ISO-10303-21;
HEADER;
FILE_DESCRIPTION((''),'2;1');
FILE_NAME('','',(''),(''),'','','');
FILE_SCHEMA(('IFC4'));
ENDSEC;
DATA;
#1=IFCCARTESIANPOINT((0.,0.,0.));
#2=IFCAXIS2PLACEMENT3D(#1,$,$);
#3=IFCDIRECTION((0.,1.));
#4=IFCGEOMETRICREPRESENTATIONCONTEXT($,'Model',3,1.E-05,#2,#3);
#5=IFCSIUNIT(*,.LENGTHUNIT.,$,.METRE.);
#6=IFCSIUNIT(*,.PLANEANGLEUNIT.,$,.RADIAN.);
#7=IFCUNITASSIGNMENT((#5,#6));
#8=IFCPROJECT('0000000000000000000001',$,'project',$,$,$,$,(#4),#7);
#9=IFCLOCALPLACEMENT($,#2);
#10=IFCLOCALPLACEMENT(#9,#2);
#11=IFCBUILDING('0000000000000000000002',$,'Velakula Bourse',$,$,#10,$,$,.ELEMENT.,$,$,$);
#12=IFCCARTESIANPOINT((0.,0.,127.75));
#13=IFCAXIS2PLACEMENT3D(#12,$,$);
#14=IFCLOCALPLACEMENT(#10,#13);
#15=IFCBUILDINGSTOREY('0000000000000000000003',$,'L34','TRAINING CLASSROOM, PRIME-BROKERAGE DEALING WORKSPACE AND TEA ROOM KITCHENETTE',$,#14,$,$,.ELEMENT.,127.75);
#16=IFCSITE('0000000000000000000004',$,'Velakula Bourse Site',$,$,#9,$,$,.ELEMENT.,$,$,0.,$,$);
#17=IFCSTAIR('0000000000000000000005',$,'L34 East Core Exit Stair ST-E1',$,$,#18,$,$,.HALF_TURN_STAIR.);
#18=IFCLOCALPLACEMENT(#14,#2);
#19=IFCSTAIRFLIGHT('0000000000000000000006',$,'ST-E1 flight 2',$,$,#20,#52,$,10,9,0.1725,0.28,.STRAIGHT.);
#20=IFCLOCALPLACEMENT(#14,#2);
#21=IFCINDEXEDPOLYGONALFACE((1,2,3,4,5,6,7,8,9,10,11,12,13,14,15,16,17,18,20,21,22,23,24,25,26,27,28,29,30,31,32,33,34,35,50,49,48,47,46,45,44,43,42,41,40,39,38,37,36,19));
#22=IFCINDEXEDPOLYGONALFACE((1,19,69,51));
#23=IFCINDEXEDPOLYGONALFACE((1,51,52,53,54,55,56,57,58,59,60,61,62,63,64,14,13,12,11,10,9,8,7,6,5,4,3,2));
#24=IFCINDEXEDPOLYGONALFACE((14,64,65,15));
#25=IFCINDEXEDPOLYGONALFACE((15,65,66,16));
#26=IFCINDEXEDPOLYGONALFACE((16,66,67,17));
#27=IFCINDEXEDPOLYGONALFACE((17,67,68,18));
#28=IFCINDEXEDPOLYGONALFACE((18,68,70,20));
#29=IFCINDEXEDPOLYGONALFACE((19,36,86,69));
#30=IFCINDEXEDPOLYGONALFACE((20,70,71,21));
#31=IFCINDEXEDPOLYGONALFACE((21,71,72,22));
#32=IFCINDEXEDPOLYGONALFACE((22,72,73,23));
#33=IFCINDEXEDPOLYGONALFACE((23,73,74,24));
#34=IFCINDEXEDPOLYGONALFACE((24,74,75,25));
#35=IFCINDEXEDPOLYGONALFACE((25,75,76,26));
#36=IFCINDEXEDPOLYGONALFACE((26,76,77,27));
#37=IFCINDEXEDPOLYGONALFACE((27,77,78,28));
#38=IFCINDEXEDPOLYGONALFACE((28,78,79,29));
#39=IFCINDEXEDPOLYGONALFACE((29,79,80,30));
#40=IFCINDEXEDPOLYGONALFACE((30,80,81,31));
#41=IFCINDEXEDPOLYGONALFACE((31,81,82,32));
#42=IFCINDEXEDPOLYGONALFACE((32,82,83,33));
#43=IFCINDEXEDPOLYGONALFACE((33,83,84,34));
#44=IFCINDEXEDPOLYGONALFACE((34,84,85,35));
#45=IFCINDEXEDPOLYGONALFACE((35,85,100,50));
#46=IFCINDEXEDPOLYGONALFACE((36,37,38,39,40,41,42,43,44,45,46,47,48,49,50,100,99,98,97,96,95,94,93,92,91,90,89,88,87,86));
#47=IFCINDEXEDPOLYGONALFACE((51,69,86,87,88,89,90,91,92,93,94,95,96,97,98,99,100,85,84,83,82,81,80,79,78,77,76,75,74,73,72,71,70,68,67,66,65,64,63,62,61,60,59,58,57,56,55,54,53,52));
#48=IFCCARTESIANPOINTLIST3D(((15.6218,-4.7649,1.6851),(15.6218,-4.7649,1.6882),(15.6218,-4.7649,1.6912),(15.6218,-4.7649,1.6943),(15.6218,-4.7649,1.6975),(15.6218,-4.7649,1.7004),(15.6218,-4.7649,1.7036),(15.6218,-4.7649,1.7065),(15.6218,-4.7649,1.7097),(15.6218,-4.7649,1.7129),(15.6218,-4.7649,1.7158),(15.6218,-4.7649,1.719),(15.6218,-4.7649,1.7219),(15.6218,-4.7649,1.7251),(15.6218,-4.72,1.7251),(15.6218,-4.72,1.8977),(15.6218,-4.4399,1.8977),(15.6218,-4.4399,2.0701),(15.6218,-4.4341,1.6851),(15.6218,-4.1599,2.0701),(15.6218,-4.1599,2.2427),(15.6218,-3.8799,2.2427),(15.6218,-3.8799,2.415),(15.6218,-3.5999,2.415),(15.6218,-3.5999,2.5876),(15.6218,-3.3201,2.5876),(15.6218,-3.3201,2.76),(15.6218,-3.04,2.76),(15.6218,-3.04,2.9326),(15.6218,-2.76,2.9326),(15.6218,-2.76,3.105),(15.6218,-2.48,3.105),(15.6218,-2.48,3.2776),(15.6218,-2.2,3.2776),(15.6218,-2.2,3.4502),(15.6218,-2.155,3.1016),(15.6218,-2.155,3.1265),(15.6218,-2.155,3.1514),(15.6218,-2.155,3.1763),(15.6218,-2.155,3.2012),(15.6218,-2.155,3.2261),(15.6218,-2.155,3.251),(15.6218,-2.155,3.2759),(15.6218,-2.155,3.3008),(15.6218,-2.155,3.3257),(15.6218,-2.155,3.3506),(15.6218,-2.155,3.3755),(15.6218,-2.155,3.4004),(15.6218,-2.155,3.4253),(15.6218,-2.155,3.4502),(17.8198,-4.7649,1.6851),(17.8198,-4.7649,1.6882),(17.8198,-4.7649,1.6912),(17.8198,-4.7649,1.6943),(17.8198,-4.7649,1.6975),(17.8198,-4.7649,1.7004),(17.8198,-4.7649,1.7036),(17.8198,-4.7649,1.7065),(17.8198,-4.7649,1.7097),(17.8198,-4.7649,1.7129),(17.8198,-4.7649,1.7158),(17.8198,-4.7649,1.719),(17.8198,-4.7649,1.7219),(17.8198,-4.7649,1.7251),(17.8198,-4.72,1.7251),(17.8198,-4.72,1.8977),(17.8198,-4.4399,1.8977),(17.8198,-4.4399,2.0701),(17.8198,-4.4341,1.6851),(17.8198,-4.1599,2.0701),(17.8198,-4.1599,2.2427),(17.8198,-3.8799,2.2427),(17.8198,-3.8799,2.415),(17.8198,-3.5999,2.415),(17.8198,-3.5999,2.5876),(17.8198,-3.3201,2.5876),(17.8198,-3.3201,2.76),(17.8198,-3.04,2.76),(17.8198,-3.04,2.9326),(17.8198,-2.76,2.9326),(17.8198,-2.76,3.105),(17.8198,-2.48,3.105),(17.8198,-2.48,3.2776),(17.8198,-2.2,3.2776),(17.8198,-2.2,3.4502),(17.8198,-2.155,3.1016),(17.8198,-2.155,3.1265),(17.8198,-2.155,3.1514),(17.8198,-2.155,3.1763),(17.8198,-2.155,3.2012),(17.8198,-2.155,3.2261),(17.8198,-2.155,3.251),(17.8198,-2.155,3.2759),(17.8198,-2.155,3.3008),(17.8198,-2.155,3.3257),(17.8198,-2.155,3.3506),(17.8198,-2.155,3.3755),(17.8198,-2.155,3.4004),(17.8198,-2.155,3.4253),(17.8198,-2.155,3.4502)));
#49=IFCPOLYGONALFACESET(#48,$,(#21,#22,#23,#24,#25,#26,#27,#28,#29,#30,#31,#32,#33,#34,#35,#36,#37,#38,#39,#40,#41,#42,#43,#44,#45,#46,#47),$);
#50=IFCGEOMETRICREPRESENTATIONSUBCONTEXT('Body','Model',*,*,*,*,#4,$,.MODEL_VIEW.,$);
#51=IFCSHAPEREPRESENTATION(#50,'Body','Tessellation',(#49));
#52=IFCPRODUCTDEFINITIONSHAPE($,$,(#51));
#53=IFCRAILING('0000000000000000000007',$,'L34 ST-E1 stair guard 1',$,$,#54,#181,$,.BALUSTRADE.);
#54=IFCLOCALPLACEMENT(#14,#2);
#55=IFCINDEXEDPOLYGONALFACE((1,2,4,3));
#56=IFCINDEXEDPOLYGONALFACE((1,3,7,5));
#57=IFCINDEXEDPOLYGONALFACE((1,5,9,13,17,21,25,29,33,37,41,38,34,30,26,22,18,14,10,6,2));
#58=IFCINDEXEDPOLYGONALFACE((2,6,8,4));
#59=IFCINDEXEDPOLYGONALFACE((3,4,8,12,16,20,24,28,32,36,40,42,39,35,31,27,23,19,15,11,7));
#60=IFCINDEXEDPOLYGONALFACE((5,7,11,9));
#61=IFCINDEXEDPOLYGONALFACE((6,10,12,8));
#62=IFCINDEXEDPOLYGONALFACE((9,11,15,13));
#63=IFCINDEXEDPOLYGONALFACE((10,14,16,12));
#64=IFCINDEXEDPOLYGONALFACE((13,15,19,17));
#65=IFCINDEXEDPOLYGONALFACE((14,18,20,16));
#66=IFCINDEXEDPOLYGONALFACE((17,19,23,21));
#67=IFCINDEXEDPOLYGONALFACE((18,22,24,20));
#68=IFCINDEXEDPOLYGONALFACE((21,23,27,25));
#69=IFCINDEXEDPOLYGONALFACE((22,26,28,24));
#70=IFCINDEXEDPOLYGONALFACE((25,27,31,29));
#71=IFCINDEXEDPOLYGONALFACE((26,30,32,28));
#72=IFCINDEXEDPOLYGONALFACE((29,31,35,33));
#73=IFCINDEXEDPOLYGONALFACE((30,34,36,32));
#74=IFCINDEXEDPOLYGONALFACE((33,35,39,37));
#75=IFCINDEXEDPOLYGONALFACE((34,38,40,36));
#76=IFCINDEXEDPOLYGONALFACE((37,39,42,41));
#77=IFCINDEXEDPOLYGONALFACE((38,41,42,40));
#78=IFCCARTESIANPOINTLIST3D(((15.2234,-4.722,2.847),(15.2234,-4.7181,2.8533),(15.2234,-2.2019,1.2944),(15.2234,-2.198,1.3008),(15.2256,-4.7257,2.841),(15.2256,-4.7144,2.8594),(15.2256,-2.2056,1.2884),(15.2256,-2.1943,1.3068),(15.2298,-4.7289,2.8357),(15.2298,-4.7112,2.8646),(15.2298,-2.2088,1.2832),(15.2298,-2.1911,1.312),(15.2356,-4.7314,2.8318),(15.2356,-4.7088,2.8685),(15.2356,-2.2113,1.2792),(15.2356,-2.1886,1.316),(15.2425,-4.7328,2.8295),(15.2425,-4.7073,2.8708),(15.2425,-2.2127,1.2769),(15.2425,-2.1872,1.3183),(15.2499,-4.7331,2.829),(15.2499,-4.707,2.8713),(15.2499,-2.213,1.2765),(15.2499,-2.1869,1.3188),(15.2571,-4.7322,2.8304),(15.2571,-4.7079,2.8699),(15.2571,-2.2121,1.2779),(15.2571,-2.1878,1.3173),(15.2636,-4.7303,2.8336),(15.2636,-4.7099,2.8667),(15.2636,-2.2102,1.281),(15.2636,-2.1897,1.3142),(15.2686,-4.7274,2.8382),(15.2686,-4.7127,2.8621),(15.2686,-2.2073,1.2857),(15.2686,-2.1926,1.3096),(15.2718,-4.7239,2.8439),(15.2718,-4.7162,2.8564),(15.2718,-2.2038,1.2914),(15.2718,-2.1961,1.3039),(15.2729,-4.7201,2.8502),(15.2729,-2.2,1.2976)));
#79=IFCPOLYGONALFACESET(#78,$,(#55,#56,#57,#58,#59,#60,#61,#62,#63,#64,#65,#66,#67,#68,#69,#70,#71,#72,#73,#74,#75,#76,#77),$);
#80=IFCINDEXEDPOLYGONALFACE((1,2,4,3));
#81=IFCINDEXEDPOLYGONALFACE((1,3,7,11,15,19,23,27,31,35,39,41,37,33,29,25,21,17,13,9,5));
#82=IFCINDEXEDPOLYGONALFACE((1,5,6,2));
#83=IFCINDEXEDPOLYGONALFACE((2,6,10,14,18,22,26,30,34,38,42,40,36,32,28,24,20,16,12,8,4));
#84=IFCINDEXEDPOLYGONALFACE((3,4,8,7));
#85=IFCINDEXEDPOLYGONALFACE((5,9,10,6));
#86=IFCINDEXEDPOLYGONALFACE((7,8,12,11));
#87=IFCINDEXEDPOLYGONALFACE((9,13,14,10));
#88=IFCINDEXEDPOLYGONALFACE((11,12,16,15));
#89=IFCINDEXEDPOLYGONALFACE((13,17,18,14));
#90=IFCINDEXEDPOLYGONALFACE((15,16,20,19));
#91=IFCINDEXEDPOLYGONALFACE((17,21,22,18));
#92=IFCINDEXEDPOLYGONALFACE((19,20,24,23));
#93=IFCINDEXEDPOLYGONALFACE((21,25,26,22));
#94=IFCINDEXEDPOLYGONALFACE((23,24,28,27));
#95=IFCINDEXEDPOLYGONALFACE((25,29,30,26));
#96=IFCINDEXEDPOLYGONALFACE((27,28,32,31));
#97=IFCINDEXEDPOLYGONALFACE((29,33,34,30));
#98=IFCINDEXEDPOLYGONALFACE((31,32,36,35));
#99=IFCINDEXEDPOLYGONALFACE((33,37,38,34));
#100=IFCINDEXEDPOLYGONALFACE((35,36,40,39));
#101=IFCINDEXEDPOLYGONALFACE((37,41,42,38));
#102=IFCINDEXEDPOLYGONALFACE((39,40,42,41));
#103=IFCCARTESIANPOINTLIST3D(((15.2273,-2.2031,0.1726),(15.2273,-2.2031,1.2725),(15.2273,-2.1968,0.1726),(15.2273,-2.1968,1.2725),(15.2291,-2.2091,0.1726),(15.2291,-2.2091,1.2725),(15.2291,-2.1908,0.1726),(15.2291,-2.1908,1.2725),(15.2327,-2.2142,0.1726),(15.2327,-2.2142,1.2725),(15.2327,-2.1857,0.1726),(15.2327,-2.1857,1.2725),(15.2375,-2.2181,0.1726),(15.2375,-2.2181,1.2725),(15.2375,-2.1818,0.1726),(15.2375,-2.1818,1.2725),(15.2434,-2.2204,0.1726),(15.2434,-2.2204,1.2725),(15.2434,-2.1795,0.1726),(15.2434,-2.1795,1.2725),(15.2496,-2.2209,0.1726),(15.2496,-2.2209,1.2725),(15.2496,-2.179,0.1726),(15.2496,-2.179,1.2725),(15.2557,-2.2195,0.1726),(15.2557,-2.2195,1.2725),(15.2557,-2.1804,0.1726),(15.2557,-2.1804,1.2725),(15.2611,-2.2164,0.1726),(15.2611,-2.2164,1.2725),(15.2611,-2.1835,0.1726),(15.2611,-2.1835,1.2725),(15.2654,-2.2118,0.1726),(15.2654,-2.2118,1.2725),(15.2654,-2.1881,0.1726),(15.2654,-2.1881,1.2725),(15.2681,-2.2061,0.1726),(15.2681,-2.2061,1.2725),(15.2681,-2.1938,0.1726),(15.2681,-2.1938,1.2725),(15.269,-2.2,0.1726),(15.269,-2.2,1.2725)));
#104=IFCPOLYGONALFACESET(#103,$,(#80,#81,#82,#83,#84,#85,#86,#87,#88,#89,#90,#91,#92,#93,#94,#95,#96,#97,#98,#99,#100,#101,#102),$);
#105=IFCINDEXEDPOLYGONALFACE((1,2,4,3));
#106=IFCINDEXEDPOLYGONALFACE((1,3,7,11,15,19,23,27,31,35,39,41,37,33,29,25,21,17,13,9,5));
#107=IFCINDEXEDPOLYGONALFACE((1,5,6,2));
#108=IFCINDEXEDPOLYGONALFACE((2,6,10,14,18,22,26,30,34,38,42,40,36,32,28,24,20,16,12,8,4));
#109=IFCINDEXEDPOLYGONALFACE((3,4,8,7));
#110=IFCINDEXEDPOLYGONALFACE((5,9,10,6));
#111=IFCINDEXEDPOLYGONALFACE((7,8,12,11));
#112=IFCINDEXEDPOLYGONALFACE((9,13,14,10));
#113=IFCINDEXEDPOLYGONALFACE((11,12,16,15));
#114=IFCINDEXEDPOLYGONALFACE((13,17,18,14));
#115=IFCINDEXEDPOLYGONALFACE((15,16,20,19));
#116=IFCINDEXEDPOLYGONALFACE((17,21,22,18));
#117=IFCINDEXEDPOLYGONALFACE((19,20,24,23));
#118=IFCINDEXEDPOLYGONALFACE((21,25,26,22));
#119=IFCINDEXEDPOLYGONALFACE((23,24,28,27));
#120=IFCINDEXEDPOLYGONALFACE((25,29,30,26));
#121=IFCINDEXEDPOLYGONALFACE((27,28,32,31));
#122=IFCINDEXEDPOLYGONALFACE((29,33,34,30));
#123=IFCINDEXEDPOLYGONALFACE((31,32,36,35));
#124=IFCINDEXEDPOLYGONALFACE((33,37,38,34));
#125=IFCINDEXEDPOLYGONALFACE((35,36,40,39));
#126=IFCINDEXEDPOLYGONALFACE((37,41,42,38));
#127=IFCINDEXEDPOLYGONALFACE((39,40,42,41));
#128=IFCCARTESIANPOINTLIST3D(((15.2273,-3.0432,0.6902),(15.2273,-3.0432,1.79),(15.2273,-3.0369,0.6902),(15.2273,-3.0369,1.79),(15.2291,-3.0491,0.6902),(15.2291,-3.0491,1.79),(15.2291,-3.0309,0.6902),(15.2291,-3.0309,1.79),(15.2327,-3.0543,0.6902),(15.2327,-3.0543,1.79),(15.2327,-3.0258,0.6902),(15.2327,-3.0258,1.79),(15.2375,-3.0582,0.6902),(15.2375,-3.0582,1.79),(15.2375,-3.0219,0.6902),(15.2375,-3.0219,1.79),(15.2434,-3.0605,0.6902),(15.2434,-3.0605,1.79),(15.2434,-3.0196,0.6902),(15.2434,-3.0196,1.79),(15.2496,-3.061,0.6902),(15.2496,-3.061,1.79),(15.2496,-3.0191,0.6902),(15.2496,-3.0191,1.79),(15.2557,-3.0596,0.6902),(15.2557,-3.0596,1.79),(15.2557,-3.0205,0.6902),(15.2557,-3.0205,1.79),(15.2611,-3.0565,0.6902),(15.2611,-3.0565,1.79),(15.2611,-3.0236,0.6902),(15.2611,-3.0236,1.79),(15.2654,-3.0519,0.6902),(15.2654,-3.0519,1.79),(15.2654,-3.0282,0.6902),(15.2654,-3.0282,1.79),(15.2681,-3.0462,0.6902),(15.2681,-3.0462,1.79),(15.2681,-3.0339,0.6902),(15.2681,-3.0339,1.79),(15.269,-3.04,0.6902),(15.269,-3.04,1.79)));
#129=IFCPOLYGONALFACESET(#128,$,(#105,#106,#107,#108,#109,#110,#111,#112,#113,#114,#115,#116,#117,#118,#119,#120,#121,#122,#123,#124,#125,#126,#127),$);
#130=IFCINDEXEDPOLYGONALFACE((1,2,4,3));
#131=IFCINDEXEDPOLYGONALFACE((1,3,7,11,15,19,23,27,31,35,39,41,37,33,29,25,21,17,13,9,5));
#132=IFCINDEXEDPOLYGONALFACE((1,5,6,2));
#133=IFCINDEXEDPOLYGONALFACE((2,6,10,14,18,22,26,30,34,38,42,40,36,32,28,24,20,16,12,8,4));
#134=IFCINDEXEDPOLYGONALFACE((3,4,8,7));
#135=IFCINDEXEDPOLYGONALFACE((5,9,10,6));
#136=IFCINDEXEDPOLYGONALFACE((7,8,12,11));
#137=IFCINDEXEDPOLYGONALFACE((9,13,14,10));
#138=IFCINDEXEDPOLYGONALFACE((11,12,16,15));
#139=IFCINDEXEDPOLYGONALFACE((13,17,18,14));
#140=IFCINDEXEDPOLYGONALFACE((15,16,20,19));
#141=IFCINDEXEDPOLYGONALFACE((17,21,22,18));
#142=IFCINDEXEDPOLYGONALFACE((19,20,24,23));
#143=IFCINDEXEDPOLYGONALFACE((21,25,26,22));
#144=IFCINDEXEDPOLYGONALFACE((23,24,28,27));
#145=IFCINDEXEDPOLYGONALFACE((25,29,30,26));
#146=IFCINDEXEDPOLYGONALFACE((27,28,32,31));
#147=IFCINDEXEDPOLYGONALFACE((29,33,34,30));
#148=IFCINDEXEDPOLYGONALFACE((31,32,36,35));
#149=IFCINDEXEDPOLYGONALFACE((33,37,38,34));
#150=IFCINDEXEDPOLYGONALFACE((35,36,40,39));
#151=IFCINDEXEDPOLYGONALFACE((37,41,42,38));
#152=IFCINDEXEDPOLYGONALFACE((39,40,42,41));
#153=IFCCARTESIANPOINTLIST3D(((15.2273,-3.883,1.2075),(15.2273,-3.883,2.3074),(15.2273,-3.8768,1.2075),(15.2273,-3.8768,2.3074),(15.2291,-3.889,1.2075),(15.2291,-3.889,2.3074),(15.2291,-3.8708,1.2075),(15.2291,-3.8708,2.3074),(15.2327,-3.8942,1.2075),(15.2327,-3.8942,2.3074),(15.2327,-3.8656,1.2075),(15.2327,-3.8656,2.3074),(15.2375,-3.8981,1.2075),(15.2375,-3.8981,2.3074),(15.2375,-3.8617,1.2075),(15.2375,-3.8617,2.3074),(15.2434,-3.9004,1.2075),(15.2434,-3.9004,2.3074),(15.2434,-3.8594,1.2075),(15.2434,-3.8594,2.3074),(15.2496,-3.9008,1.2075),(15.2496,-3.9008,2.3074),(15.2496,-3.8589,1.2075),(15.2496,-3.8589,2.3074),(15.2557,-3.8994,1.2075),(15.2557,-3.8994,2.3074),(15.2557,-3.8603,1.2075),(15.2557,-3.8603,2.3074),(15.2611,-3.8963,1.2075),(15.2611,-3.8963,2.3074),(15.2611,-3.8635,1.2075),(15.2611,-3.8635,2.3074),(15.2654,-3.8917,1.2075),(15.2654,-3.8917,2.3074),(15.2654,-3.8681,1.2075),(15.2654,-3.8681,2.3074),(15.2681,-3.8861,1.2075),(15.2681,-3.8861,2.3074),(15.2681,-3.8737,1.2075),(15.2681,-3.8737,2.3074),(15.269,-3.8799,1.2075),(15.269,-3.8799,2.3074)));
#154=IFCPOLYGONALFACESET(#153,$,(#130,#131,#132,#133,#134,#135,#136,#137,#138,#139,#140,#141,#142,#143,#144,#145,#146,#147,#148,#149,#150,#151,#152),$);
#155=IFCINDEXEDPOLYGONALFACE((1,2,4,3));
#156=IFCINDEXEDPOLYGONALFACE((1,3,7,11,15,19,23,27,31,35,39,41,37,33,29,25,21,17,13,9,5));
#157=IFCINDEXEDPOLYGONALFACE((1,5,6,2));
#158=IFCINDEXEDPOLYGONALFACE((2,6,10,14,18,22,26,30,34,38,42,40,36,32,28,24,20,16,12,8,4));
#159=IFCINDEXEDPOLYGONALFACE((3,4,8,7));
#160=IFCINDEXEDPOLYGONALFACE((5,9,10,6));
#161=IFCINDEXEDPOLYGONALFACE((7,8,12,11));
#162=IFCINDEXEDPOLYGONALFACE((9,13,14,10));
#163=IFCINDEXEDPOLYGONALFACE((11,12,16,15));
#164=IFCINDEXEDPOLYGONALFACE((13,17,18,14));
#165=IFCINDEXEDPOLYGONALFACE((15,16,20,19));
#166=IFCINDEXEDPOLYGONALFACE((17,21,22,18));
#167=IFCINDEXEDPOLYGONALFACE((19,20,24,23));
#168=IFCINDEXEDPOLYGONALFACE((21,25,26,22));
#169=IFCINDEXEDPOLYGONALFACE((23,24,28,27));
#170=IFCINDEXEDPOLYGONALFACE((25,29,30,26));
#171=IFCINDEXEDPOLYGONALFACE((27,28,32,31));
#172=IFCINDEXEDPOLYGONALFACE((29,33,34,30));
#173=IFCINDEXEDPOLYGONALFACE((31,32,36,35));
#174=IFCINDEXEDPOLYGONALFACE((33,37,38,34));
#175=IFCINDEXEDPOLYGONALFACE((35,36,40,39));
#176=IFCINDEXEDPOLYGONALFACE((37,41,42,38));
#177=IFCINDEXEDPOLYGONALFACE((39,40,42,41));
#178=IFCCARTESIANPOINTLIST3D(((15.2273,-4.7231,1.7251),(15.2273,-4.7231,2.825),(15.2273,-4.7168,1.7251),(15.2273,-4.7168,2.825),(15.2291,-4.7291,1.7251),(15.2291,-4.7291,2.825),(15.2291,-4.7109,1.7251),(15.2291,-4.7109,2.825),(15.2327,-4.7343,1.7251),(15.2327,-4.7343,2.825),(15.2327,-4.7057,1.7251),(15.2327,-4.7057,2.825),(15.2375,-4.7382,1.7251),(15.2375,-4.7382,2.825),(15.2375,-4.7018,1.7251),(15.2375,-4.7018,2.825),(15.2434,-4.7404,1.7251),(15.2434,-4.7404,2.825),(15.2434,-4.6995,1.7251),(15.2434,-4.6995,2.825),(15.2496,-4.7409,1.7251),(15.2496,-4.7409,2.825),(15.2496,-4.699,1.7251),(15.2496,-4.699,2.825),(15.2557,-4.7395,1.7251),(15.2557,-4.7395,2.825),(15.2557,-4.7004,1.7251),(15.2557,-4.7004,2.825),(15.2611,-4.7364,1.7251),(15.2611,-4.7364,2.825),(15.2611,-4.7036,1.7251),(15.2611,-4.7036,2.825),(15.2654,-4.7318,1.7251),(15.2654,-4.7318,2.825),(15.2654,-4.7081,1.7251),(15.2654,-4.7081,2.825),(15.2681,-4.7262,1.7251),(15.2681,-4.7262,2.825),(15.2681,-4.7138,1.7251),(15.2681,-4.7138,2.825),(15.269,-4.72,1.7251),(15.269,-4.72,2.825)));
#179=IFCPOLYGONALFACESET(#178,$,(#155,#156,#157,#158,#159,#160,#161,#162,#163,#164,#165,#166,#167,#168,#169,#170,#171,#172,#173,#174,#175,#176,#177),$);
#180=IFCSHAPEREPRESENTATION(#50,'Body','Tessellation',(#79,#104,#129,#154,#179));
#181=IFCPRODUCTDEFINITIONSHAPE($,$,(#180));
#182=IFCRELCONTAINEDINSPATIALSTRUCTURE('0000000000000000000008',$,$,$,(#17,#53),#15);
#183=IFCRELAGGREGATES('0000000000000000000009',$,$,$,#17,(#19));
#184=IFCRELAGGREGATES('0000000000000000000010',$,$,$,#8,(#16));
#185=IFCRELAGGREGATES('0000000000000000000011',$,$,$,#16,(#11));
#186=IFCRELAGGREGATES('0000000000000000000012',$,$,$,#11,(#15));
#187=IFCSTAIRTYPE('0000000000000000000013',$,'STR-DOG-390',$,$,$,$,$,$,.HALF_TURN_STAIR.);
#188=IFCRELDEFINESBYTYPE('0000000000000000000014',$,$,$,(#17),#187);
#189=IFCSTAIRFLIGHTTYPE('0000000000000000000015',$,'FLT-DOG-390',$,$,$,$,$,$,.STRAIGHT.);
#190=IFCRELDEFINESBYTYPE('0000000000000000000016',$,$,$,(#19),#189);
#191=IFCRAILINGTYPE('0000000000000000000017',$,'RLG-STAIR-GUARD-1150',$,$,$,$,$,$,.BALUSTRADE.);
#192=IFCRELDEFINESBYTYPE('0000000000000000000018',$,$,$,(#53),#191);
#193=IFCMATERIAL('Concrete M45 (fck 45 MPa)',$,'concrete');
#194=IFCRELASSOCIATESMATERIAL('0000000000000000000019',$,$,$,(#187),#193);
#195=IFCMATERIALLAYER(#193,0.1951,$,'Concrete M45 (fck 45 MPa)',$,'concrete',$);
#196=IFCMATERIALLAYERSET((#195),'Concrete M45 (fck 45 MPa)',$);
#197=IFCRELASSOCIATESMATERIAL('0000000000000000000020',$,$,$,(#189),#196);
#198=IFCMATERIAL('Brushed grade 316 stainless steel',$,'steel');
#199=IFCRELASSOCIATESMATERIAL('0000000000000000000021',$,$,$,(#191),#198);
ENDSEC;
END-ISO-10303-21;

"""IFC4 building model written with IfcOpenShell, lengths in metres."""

from ifc_helpers import new_model, si_unit, direction, frame, origin, origin_2d, place, context, subcontext, project, spatial, polyline, circle, outline, extrude, material, layer, layer_set, type_object, element, aggregate, save


model = new_model("IFC4")

# Units and contexts
model_context = context("Model", 3, precision=1e-05, world=origin(), true_north=direction((0.0, 1.0)))
body_context = subcontext(model_context, "Body", "Model", "MODEL_VIEW")
ifc_project = project(units=[si_unit("LENGTHUNIT", "METRE"), si_unit("PLANEANGLEUNIT", "RADIAN")], contexts=[model_context])

# Site, building, storey
site_placement = place(None, origin())
site = spatial("IfcSite", under=ifc_project, at=site_placement, Name="Velakula Bourse Site", CompositionType="ELEMENT", RefElevation=0.0)
building_placement = place(site_placement, origin())
building = spatial("IfcBuilding", under=site, at=building_placement, Name="Velakula Bourse", CompositionType="ELEMENT")
storey_placement = place(building_placement, frame((0.0, 0.0, 127.75)))
storey = spatial("IfcBuildingStorey", under=building, at=storey_placement, Name="L34", Description="TRAINING CLASSROOM, PRIME-BROKERAGE DEALING WORKSPACE AND TEA ROOM KITCHENETTE", CompositionType="ELEMENT", Elevation=127.75)

# Shared definitions
ifc_material_1 = material(Name="Brushed grade 316 stainless steel", Category="steel")

# Stair, stair flight
ifc_material_2 = material(Name="Concrete M45 (fck 45 MPa)", Category="concrete")
stair_type = type_object("IfcStairType", Name="STR-DOG-390", PredefinedType="HALF_TURN_STAIR", material=ifc_material_2)
stair_placement = place(storey_placement, origin())
stair = element("IfcStair", 1, at=stair_placement, inside=storey, type_object=stair_type, Name="L34 East Core Exit Stair ST-E1", PredefinedType="HALF_TURN_STAIR")
ifc_layer_1 = layer(ifc_material_2, 0.1951, Name="Concrete M45 (fck 45 MPa)", Category="concrete")
ifc_layer_set_1 = layer_set([ifc_layer_1], Name="Concrete M45 (fck 45 MPa)")
stair_flight_type = type_object("IfcStairFlightType", Name="FLT-DOG-390", PredefinedType="STRAIGHT", material=ifc_layer_set_1)
stair_flight_1_placement = place(storey_placement, frame((16.7209, -4.72, 1.7251), z_axis=(0.0, 0.0, 1.0), x_axis=(0.0, 1.0, 0.0)))
stair_flight_1 = element("IfcStairFlight", 2, at=stair_flight_1_placement, type_object=stair_flight_type, Name="ST-E1 flight 2", NumberOfRisers=10, NumberOfTreads=9, PredefinedType="STRAIGHT", RiserHeight=0.1725, TreadLength=0.28, context=body_context, shape_type="SweptSolid", body=[
    extrude(outline(polyline([(-0.0449, -0.04), (-0.0449, -0.0369), (-0.0449, -0.0339), (-0.0449, -0.0308), (-0.0449, -0.0276), (-0.0449, -0.0247), (-0.0449, -0.0215), (-0.0449, -0.0186), (-0.0449, -0.0154), (-0.0449, -0.0122), (-0.0449, -0.0093), (-0.0449, -0.0061), (-0.0449, -0.0032), (-0.0449, 0.0), (0.0, 0.0), (0.0, 0.1726), (0.28, 0.1726), (0.28, 0.345), (0.5601, 0.345), (0.5601, 0.5176), (0.8401, 0.5176), (0.8401, 0.6899), (1.1201, 0.6899), (1.1201, 0.8625), (1.3999, 0.8625), (1.3999, 1.0349), (1.6799, 1.0349), (1.6799, 1.2075), (1.96, 1.2075), (1.96, 1.3799), (2.24, 1.3799), (2.24, 1.5525), (2.52, 1.5525), (2.52, 1.7251), (2.5649, 1.7251), (2.5649, 1.7002), (2.5649, 1.6753), (2.5649, 1.6504), (2.5649, 1.6255), (2.5649, 1.6006), (2.5649, 1.5757), (2.5649, 1.5508), (2.5649, 1.5259), (2.5649, 1.501), (2.5649, 1.4761), (2.5649, 1.4512), (2.5649, 1.4263), (2.5649, 1.4014), (2.5649, 1.3765), (0.2859, -0.04), (-0.0449, -0.04)])), frame((0.0, 1.0991, 0.0), z_axis=(0.0, -1.0, 0.0), x_axis=(1.0, 0.0, 0.0)), (0.0, 0.0, 1.0), 2.198),
])
aggregate(stair, [stair_flight_1])

# Railing
railing_type_1 = type_object("IfcRailingType", Name="RLG-STAIR-GUARD-1150", PredefinedType="BALUSTRADE", material=ifc_material_1)
railing_1_placement = place(storey_placement, frame((15.248, -2.2, 0.1726)))
element("IfcRailing", 3, at=railing_1_placement, inside=storey, type_object=railing_type_1, Name="L34 ST-E1 stair guard 1", PredefinedType="BALUSTRADE", context=body_context, shape_type="SweptSolid", body=[
    extrude(circle(Radius=0.0249, at=origin_2d()), frame((0.0, 0.0, 1.125), z_axis=(0.0, -0.8514, 0.524516), x_axis=(1.0, 0.0, 0.0)), (0.0, 0.0, 1.0), 2.96),
    extrude(circle(Radius=0.021, at=origin_2d()), origin(), (0.0, 0.0, 1.0), 1.0999),
    extrude(circle(Radius=0.021, at=origin_2d()), frame((0.0, -0.8401, 0.5176)), (0.0, 0.0, 1.0), 1.0999),
    extrude(circle(Radius=0.021, at=origin_2d()), frame((0.0, -1.6799, 1.0349)), (0.0, 0.0, 1.0), 1.0999),
    extrude(circle(Radius=0.021, at=origin_2d()), frame((0.0, -2.52, 1.5525)), (0.0, 0.0, 1.0), 1.0999),
])

save(model, "model.ifc")
